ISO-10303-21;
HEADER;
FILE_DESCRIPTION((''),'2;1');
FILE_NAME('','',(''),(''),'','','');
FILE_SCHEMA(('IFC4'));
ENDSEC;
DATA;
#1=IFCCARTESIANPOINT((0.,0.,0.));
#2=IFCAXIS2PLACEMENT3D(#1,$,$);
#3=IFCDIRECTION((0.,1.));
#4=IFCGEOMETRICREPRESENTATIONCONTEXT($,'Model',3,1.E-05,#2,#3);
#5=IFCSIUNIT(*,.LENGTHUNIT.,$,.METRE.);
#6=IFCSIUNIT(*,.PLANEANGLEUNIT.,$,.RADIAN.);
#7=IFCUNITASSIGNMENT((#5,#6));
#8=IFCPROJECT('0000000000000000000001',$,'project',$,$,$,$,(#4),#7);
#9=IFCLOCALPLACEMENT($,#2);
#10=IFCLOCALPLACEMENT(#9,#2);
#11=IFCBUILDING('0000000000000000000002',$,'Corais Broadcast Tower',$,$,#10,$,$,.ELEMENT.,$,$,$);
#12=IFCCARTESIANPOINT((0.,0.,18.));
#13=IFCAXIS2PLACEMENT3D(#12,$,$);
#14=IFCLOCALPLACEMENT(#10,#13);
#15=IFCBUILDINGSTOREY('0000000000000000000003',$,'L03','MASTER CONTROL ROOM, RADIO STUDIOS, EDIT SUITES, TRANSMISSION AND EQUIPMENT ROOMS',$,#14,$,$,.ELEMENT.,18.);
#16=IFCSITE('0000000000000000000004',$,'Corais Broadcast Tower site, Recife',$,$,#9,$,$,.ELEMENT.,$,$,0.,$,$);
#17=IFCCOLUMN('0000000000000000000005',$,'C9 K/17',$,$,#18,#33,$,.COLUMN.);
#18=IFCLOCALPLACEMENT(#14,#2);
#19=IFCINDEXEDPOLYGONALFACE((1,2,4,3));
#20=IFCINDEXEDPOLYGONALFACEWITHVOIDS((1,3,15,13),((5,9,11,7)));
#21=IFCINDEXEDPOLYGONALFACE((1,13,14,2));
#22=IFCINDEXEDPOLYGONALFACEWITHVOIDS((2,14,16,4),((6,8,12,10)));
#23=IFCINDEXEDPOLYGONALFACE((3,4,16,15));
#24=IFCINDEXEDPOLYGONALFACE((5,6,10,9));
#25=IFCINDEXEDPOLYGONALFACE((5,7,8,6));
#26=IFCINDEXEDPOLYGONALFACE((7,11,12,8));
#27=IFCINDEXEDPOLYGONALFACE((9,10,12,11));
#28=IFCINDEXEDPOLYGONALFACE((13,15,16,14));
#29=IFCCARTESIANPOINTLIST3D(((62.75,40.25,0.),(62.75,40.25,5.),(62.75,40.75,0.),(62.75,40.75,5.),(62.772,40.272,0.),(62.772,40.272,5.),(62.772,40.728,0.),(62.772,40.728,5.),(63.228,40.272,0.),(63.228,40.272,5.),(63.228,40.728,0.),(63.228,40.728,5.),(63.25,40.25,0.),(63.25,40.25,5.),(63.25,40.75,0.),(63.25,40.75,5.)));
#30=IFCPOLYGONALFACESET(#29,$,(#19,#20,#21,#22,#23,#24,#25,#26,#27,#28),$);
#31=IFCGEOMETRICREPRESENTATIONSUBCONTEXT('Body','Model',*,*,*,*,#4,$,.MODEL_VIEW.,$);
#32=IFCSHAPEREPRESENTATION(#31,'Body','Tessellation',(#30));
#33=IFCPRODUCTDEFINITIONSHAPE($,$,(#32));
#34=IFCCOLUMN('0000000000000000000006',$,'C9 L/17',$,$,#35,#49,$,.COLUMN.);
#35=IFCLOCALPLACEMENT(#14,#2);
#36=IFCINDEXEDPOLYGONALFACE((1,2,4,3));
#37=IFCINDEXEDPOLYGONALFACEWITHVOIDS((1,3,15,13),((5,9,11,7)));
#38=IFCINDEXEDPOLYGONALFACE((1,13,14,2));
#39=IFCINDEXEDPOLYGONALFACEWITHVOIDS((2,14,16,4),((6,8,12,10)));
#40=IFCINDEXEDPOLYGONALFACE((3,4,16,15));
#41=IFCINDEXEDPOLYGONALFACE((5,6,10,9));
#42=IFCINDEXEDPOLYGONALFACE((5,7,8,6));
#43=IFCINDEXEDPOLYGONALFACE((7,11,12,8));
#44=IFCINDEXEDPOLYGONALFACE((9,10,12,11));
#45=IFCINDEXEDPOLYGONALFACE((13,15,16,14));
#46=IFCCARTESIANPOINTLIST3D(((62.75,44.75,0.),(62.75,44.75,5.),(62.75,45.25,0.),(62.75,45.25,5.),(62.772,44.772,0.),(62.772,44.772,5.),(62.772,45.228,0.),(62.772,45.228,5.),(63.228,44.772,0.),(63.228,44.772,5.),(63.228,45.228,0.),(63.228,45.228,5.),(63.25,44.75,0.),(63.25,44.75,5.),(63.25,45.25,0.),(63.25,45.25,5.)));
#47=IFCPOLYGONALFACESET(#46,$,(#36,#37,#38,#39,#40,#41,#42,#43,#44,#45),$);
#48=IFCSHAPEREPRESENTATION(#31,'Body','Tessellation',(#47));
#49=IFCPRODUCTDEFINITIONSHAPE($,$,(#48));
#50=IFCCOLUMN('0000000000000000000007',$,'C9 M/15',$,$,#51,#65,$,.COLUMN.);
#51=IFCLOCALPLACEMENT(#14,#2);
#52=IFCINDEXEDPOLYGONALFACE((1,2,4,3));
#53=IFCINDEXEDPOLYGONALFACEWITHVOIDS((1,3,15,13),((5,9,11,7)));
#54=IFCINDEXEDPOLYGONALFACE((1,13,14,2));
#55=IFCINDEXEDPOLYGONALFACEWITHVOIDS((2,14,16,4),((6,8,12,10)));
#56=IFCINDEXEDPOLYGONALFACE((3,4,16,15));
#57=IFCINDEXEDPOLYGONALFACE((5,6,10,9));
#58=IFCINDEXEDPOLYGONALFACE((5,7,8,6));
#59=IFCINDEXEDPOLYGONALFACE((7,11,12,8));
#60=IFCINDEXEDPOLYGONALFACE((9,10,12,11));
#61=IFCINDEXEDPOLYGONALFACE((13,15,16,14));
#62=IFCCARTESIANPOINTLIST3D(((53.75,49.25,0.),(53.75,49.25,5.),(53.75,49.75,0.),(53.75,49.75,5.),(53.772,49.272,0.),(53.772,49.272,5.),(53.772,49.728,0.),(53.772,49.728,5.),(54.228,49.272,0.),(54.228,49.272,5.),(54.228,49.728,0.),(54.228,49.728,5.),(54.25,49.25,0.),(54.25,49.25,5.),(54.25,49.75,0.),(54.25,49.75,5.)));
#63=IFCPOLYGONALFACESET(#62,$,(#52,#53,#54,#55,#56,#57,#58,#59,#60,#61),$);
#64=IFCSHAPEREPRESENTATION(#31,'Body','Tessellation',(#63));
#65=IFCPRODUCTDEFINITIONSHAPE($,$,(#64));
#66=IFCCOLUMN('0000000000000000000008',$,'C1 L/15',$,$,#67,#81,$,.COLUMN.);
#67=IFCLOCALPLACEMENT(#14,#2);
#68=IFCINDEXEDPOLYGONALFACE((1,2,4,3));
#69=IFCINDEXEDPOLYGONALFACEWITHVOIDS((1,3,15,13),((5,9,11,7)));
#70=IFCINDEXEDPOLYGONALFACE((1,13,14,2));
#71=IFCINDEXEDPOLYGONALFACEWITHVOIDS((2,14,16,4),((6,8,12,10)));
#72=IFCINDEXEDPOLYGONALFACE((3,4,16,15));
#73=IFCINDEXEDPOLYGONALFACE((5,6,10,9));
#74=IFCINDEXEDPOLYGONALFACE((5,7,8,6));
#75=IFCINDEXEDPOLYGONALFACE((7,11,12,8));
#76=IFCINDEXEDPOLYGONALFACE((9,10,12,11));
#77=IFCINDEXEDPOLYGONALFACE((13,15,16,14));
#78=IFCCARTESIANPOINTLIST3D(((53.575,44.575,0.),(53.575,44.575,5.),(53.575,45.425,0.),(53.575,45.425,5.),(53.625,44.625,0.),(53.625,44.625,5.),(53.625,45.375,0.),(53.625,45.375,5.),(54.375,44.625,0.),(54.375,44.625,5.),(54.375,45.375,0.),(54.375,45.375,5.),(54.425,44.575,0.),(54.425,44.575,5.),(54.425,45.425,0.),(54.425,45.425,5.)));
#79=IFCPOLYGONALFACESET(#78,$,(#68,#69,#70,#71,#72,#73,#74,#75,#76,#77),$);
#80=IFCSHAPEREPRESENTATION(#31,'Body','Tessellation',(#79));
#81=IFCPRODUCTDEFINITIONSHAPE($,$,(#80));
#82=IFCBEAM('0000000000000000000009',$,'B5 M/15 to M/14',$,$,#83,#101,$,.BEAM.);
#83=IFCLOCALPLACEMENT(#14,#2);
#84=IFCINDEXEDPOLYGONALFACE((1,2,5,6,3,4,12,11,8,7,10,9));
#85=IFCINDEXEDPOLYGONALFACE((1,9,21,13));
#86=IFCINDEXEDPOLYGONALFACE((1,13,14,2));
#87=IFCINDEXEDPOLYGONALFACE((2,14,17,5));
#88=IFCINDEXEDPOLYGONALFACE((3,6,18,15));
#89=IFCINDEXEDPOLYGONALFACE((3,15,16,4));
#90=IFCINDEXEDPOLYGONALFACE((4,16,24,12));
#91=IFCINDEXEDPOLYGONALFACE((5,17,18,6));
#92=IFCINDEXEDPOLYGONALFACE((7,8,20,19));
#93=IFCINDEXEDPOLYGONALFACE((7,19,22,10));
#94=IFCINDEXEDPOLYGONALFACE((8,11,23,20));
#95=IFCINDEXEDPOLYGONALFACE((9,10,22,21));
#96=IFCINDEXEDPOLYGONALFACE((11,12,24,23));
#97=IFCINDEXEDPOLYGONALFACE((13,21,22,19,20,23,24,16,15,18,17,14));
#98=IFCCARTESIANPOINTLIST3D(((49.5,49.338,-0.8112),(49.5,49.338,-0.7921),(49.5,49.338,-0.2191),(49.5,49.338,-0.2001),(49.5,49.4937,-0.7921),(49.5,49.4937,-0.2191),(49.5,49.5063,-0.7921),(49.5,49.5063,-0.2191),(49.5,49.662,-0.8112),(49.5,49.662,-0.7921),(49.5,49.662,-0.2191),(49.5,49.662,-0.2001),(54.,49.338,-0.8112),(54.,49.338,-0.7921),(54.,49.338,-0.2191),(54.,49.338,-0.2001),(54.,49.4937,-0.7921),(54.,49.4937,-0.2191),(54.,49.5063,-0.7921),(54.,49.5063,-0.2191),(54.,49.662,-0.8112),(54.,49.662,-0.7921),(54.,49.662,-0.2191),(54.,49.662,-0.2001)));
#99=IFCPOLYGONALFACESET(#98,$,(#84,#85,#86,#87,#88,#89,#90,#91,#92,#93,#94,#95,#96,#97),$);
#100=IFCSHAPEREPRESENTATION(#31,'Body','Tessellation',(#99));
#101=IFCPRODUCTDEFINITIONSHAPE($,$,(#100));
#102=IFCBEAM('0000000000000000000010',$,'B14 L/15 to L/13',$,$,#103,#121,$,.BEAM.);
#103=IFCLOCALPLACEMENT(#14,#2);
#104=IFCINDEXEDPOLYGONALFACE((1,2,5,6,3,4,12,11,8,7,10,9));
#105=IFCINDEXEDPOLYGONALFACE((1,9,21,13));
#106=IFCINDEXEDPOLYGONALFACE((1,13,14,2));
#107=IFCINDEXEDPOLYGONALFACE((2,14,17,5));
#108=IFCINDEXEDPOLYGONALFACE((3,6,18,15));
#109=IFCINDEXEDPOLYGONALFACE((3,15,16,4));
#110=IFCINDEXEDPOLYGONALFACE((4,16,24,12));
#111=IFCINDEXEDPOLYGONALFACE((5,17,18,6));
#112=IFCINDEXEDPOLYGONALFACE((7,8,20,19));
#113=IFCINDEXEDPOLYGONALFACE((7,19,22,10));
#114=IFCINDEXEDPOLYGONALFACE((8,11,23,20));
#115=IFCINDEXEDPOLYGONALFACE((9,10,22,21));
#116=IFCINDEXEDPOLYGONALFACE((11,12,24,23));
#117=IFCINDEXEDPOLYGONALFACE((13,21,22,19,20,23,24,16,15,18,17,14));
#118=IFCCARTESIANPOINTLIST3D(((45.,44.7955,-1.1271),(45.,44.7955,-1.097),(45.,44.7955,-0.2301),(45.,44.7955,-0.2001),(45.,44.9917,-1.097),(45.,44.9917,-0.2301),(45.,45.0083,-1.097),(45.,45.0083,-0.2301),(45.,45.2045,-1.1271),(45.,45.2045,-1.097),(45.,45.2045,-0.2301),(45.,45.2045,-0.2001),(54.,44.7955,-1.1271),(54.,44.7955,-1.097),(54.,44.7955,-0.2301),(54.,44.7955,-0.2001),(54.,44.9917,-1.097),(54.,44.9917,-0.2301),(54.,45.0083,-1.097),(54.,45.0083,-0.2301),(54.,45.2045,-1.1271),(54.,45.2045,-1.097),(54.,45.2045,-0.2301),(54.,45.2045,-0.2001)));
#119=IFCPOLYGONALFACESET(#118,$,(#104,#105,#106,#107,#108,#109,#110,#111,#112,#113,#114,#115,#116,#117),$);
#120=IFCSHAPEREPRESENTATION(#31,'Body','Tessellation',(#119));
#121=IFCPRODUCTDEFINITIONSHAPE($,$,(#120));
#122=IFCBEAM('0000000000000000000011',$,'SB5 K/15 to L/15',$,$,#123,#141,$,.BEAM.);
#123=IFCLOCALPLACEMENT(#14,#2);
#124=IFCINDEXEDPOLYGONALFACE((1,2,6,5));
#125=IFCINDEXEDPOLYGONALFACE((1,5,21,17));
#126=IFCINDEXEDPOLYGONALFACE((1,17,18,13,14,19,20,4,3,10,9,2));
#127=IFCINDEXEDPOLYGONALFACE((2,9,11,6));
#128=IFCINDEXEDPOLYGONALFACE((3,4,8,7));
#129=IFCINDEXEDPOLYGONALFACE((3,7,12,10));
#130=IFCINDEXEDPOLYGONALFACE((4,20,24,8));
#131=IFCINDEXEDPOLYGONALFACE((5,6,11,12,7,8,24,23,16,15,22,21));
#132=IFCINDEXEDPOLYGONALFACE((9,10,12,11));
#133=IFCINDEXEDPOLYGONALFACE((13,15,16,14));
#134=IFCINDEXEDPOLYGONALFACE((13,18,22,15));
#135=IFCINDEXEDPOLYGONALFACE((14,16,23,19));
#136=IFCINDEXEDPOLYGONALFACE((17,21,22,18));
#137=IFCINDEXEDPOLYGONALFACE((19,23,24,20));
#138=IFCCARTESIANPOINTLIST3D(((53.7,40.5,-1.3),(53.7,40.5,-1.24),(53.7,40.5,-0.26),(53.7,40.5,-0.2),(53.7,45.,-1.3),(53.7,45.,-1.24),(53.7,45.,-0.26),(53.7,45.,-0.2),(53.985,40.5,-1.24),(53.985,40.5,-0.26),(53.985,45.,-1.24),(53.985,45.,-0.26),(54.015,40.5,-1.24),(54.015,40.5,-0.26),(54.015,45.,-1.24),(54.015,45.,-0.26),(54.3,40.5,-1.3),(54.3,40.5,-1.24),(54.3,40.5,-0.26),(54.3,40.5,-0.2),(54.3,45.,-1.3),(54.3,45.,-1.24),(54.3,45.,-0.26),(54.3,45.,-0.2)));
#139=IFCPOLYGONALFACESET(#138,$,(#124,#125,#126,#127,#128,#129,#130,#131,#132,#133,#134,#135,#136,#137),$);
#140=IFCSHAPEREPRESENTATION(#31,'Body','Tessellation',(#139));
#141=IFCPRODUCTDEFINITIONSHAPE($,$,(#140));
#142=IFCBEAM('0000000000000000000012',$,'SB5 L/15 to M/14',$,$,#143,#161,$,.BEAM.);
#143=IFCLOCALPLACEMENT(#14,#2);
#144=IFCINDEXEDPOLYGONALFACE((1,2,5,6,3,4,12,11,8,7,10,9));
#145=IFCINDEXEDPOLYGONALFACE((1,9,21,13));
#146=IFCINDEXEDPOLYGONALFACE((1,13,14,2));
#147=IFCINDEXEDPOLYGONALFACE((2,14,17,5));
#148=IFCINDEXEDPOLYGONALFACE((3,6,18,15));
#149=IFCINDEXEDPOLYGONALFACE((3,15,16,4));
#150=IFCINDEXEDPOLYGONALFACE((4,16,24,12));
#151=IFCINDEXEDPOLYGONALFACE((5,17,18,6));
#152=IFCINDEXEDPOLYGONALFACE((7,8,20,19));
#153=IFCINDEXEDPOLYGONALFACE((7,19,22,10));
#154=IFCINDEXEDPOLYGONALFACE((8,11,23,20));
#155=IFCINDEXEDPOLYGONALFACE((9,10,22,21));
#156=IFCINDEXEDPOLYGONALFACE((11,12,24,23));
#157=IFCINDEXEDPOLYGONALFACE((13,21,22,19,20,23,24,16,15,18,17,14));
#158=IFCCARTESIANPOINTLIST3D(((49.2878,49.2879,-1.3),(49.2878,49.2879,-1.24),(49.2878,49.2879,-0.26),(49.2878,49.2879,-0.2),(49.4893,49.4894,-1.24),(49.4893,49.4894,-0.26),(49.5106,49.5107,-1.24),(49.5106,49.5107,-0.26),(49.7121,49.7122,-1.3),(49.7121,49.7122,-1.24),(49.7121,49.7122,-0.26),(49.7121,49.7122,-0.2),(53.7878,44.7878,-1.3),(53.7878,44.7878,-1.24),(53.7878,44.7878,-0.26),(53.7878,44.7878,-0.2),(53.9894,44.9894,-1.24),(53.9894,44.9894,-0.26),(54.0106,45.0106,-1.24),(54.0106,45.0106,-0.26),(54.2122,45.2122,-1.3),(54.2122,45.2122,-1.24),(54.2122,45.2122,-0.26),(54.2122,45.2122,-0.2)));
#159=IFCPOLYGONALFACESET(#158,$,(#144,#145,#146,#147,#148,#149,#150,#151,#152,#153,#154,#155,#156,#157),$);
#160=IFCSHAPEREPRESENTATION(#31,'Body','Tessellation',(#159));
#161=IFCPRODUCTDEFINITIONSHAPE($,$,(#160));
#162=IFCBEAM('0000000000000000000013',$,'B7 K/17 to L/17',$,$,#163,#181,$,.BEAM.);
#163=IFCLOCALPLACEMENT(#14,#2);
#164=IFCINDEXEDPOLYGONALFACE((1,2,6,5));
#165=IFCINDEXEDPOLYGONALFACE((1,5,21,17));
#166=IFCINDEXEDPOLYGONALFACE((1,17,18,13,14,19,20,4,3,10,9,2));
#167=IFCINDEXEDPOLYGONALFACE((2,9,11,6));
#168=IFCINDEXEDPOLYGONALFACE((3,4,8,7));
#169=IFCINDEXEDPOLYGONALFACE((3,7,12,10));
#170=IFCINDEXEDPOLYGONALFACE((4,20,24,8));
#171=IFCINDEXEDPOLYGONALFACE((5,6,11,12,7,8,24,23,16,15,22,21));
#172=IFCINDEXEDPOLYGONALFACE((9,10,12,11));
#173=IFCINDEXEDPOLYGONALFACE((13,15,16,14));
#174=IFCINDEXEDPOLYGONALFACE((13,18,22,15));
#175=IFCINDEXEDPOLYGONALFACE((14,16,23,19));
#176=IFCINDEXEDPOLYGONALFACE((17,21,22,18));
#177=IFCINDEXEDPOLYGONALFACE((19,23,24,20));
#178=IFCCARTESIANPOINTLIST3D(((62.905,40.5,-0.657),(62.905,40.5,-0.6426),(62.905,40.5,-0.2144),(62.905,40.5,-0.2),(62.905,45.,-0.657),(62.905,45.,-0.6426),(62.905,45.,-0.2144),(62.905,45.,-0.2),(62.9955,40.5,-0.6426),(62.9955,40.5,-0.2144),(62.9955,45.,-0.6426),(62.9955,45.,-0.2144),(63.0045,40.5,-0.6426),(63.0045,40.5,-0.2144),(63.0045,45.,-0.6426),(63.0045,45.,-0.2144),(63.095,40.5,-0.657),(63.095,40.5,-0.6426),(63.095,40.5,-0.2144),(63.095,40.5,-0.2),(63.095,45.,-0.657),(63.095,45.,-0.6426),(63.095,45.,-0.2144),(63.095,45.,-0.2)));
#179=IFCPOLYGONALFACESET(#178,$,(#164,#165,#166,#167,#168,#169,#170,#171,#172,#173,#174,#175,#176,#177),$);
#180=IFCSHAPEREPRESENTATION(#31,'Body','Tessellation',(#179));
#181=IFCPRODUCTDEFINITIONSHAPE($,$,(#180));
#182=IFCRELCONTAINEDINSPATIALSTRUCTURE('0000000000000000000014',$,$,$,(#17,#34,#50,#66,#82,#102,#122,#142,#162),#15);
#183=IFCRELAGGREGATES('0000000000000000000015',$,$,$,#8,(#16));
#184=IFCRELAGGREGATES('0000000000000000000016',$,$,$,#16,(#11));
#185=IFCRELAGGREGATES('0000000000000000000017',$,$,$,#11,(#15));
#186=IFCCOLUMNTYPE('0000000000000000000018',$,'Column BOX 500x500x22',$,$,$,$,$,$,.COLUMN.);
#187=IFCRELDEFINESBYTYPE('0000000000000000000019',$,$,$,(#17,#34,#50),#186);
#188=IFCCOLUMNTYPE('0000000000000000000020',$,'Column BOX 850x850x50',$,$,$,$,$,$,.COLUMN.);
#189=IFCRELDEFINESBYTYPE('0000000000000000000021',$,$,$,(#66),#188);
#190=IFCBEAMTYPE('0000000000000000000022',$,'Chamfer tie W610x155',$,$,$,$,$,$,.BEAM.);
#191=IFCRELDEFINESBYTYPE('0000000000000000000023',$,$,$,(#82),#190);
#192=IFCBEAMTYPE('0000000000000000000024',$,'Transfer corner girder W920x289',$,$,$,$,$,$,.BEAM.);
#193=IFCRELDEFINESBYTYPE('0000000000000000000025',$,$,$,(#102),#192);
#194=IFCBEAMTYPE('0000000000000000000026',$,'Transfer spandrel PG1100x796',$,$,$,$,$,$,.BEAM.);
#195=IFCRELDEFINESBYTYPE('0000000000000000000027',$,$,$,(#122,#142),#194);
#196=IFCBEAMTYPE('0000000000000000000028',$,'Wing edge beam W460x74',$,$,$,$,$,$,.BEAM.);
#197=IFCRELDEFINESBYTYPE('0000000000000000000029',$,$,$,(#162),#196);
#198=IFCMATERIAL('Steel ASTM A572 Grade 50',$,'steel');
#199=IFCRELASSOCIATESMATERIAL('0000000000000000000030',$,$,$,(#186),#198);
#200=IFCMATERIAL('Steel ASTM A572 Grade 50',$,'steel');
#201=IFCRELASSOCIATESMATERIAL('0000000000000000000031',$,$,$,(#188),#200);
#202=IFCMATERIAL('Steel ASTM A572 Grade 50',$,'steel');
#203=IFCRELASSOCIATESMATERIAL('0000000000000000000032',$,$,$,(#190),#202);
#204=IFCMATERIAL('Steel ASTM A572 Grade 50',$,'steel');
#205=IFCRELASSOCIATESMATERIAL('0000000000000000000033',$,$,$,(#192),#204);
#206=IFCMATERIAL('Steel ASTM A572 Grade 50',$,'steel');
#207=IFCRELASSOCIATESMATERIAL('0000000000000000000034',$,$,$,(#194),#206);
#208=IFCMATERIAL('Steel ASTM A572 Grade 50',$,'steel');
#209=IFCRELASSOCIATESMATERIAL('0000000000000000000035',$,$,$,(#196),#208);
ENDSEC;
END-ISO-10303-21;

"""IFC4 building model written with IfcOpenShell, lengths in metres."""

from ifc_helpers import new_model, si_unit, direction, frame, origin, origin_2d, place, context, subcontext, project, spatial, hollow_rectangle, i_section, extrude, material, material_profile, profile_set, type_object, element, save


model = new_model("IFC4")

# Units and contexts
model_context = context("Model", 3, precision=1e-05, world=origin(), true_north=direction((0.0, 1.0)))
body_context = subcontext(model_context, "Body", "Model", "MODEL_VIEW")
ifc_project = project(units=[si_unit("LENGTHUNIT", "METRE"), si_unit("PLANEANGLEUNIT", "RADIAN")], contexts=[model_context])

# Site, building, storey
site_placement = place(None, origin())
site = spatial("IfcSite", under=ifc_project, at=site_placement, Name="Corais Broadcast Tower site, Recife", CompositionType="ELEMENT", RefElevation=0.0)
building_placement = place(site_placement, origin())
building = spatial("IfcBuilding", under=site, at=building_placement, Name="Corais Broadcast Tower", CompositionType="ELEMENT")
storey_placement = place(building_placement, frame((0.0, 0.0, 18.0)))
storey = spatial("IfcBuildingStorey", under=building, at=storey_placement, Name="L03", Description="MASTER CONTROL ROOM, RADIO STUDIOS, EDIT SUITES, TRANSMISSION AND EQUIPMENT ROOMS", CompositionType="ELEMENT", Elevation=18.0)

# Columns
ifc_material_1 = material(Name="Steel ASTM A572 Grade 50", Category="steel")
ifc_material_profile_1 = material_profile(ifc_material_1, hollow_rectangle(XDim=0.5, YDim=0.5, WallThickness=0.022, at=origin_2d()), Name="BOX 500x500x22")
ifc_profile_set_1 = profile_set([ifc_material_profile_1], Name="Steel ASTM A572 Grade 50")
column_type_1 = type_object("IfcColumnType", Name="Column BOX 500x500x22", PredefinedType="COLUMN", material=ifc_profile_set_1)
for number, where, z_axis, x_axis, name in (
    (1, (63.0, 40.5, 0.0), (0.0, 0.0, 1.0), (1.0, 0.0, 0.0), "C9 K/17"),
    (2, (63.0, 45.0, 0.0), (0.0, 0.0, 1.0), (1.0, 0.0, 0.0), "C9 L/17"),
    (3, (54.0, 49.5, 0.0), (0.0, 0.0, 1.0), (1.0, 0.0, 0.0), "C9 M/15"),
):
    element("IfcColumn", number, at=place(storey_placement, frame(where, z_axis=z_axis, x_axis=x_axis)), inside=storey, type_object=column_type_1, Name=name, PredefinedType="COLUMN", context=body_context, shape_type="SweptSolid", body=[
        extrude(hollow_rectangle(XDim=0.5, YDim=0.5, WallThickness=0.022, at=origin_2d()), origin(), (0.0, 0.0, 1.0), 5.0),
    ])
ifc_material_2 = material(Name="Steel ASTM A572 Grade 50", Category="steel")
ifc_material_profile_2 = material_profile(ifc_material_2, hollow_rectangle(XDim=0.8501, YDim=0.8501, WallThickness=0.05, at=origin_2d()), Name="BOX 850x850x50")
ifc_profile_set_2 = profile_set([ifc_material_profile_2], Name="Steel ASTM A572 Grade 50")
column_type_2 = type_object("IfcColumnType", Name="Column BOX 850x850x50", PredefinedType="COLUMN", material=ifc_profile_set_2)
column_placement = place(storey_placement, frame((54.0, 45.0, 0.0), z_axis=(0.0, 0.0, 1.0), x_axis=(1.0, 0.0, 0.0)))
element("IfcColumn", 4, at=column_placement, inside=storey, type_object=column_type_2, Name="C1 L/15", PredefinedType="COLUMN", context=body_context, shape_type="SweptSolid", body=[
    extrude(hollow_rectangle(XDim=0.8501, YDim=0.8501, WallThickness=0.05, at=origin_2d()), origin(), (0.0, 0.0, 1.0), 5.0),
])

# Beams
ifc_material_3 = material(Name="Steel ASTM A572 Grade 50", Category="steel")
ifc_material_profile_3 = material_profile(ifc_material_3, i_section(OverallWidth=0.324, OverallDepth=0.6111, WebThickness=0.0127, FlangeThickness=0.019, at=origin_2d()), Name="W610x155")
ifc_profile_set_3 = profile_set([ifc_material_profile_3], Name="Steel ASTM A572 Grade 50")
beam_type_1 = type_object("IfcBeamType", Name="Chamfer tie W610x155", PredefinedType="BEAM", material=ifc_profile_set_3)
beam_1_placement = place(storey_placement, frame((54.0, 49.5, -0.5056), z_axis=(-1.0, 0.0, 0.0), x_axis=(0.0, -1.0, 0.0)))
element("IfcBeam", 5, at=beam_1_placement, inside=storey, type_object=beam_type_1, Name="B5 M/15 to M/14", PredefinedType="BEAM", context=body_context, shape_type="SweptSolid", body=[
    extrude(i_section(OverallWidth=0.324, OverallDepth=0.6111, WebThickness=0.0127, FlangeThickness=0.019, at=origin_2d()), origin(), (0.0, 0.0, 1.0), 4.5),
])
ifc_material_4 = material(Name="Steel ASTM A572 Grade 50", Category="steel")
ifc_material_profile_4 = material_profile(ifc_material_4, i_section(OverallWidth=0.4089, OverallDepth=0.927, WebThickness=0.0166, FlangeThickness=0.03, at=origin_2d()), Name="W920x289")
ifc_profile_set_4 = profile_set([ifc_material_profile_4], Name="Steel ASTM A572 Grade 50")
beam_type_2 = type_object("IfcBeamType", Name="Transfer corner girder W920x289", PredefinedType="BEAM", material=ifc_profile_set_4)
beam_2_placement = place(storey_placement, frame((54.0, 45.0, -0.6636), z_axis=(-1.0, 0.0, 0.0), x_axis=(0.0, -1.0, 0.0)))
element("IfcBeam", 6, at=beam_2_placement, inside=storey, type_object=beam_type_2, Name="B14 L/15 to L/13", PredefinedType="BEAM", context=body_context, shape_type="SweptSolid", body=[
    extrude(i_section(OverallWidth=0.4089, OverallDepth=0.927, WebThickness=0.0166, FlangeThickness=0.03, at=origin_2d()), origin(), (0.0, 0.0, 1.0), 9.0),
])
ifc_material_5 = material(Name="Steel ASTM A572 Grade 50", Category="steel")
ifc_material_profile_5 = material_profile(ifc_material_5, i_section(OverallWidth=0.6001, OverallDepth=1.1001, WebThickness=0.03, FlangeThickness=0.0601, at=origin_2d()), Name="PG1100x796")
ifc_profile_set_5 = profile_set([ifc_material_profile_5], Name="Steel ASTM A572 Grade 50")
beam_type_3 = type_object("IfcBeamType", Name="Transfer spandrel PG1100x796", PredefinedType="BEAM", material=ifc_profile_set_5)
beam_3_placement = place(storey_placement, frame((54.0, 40.5, -0.75), z_axis=(0.0, 1.0, 0.0), x_axis=(-1.0, 0.0, 0.0)))
element("IfcBeam", 7, at=beam_3_placement, inside=storey, type_object=beam_type_3, Name="SB5 K/15 to L/15", PredefinedType="BEAM", context=body_context, shape_type="SweptSolid", body=[
    extrude(i_section(OverallWidth=0.6001, OverallDepth=1.1001, WebThickness=0.03, FlangeThickness=0.0601, at=origin_2d()), origin(), (0.0, 0.0, 1.0), 4.5),
])
beam_4_placement = place(storey_placement, frame((54.0, 45.0, -0.75), z_axis=(-0.707107, 0.707107, 0.0), x_axis=(-0.707107, -0.707107, 0.0)))
element("IfcBeam", 8, at=beam_4_placement, inside=storey, type_object=beam_type_3, Name="SB5 L/15 to M/14", PredefinedType="BEAM", context=body_context, shape_type="SweptSolid", body=[
    extrude(i_section(OverallWidth=0.6001, OverallDepth=1.1001, WebThickness=0.03, FlangeThickness=0.0601, at=origin_2d()), origin(), (0.0, 0.0, 1.0), 6.364),
])
ifc_material_6 = material(Name="Steel ASTM A572 Grade 50", Category="steel")
ifc_material_profile_6 = material_profile(ifc_material_6, i_section(OverallWidth=0.1899, OverallDepth=0.457, WebThickness=0.009, FlangeThickness=0.0144, at=origin_2d()), Name="W460x74")
ifc_profile_set_6 = profile_set([ifc_material_profile_6], Name="Steel ASTM A572 Grade 50")
beam_type_4 = type_object("IfcBeamType", Name="Wing edge beam W460x74", PredefinedType="BEAM", material=ifc_profile_set_6)
for number, where, z_axis, x_axis, name in (
    (9, (63.0, 40.5, -0.4285), (0.0, 1.0, 0.0), (-1.0, 0.0, 0.0), "B7 K/17 to L/17"),
):
    element("IfcBeam", number, at=place(storey_placement, frame(where, z_axis=z_axis, x_axis=x_axis)), inside=storey, type_object=beam_type_4, Name=name, PredefinedType="BEAM", context=body_context, shape_type="SweptSolid", body=[
        extrude(i_section(OverallWidth=0.1899, OverallDepth=0.457, WebThickness=0.009, FlangeThickness=0.0144, at=origin_2d()), origin(), (0.0, 0.0, 1.0), 4.5),
    ])

save(model, "model.ifc")
